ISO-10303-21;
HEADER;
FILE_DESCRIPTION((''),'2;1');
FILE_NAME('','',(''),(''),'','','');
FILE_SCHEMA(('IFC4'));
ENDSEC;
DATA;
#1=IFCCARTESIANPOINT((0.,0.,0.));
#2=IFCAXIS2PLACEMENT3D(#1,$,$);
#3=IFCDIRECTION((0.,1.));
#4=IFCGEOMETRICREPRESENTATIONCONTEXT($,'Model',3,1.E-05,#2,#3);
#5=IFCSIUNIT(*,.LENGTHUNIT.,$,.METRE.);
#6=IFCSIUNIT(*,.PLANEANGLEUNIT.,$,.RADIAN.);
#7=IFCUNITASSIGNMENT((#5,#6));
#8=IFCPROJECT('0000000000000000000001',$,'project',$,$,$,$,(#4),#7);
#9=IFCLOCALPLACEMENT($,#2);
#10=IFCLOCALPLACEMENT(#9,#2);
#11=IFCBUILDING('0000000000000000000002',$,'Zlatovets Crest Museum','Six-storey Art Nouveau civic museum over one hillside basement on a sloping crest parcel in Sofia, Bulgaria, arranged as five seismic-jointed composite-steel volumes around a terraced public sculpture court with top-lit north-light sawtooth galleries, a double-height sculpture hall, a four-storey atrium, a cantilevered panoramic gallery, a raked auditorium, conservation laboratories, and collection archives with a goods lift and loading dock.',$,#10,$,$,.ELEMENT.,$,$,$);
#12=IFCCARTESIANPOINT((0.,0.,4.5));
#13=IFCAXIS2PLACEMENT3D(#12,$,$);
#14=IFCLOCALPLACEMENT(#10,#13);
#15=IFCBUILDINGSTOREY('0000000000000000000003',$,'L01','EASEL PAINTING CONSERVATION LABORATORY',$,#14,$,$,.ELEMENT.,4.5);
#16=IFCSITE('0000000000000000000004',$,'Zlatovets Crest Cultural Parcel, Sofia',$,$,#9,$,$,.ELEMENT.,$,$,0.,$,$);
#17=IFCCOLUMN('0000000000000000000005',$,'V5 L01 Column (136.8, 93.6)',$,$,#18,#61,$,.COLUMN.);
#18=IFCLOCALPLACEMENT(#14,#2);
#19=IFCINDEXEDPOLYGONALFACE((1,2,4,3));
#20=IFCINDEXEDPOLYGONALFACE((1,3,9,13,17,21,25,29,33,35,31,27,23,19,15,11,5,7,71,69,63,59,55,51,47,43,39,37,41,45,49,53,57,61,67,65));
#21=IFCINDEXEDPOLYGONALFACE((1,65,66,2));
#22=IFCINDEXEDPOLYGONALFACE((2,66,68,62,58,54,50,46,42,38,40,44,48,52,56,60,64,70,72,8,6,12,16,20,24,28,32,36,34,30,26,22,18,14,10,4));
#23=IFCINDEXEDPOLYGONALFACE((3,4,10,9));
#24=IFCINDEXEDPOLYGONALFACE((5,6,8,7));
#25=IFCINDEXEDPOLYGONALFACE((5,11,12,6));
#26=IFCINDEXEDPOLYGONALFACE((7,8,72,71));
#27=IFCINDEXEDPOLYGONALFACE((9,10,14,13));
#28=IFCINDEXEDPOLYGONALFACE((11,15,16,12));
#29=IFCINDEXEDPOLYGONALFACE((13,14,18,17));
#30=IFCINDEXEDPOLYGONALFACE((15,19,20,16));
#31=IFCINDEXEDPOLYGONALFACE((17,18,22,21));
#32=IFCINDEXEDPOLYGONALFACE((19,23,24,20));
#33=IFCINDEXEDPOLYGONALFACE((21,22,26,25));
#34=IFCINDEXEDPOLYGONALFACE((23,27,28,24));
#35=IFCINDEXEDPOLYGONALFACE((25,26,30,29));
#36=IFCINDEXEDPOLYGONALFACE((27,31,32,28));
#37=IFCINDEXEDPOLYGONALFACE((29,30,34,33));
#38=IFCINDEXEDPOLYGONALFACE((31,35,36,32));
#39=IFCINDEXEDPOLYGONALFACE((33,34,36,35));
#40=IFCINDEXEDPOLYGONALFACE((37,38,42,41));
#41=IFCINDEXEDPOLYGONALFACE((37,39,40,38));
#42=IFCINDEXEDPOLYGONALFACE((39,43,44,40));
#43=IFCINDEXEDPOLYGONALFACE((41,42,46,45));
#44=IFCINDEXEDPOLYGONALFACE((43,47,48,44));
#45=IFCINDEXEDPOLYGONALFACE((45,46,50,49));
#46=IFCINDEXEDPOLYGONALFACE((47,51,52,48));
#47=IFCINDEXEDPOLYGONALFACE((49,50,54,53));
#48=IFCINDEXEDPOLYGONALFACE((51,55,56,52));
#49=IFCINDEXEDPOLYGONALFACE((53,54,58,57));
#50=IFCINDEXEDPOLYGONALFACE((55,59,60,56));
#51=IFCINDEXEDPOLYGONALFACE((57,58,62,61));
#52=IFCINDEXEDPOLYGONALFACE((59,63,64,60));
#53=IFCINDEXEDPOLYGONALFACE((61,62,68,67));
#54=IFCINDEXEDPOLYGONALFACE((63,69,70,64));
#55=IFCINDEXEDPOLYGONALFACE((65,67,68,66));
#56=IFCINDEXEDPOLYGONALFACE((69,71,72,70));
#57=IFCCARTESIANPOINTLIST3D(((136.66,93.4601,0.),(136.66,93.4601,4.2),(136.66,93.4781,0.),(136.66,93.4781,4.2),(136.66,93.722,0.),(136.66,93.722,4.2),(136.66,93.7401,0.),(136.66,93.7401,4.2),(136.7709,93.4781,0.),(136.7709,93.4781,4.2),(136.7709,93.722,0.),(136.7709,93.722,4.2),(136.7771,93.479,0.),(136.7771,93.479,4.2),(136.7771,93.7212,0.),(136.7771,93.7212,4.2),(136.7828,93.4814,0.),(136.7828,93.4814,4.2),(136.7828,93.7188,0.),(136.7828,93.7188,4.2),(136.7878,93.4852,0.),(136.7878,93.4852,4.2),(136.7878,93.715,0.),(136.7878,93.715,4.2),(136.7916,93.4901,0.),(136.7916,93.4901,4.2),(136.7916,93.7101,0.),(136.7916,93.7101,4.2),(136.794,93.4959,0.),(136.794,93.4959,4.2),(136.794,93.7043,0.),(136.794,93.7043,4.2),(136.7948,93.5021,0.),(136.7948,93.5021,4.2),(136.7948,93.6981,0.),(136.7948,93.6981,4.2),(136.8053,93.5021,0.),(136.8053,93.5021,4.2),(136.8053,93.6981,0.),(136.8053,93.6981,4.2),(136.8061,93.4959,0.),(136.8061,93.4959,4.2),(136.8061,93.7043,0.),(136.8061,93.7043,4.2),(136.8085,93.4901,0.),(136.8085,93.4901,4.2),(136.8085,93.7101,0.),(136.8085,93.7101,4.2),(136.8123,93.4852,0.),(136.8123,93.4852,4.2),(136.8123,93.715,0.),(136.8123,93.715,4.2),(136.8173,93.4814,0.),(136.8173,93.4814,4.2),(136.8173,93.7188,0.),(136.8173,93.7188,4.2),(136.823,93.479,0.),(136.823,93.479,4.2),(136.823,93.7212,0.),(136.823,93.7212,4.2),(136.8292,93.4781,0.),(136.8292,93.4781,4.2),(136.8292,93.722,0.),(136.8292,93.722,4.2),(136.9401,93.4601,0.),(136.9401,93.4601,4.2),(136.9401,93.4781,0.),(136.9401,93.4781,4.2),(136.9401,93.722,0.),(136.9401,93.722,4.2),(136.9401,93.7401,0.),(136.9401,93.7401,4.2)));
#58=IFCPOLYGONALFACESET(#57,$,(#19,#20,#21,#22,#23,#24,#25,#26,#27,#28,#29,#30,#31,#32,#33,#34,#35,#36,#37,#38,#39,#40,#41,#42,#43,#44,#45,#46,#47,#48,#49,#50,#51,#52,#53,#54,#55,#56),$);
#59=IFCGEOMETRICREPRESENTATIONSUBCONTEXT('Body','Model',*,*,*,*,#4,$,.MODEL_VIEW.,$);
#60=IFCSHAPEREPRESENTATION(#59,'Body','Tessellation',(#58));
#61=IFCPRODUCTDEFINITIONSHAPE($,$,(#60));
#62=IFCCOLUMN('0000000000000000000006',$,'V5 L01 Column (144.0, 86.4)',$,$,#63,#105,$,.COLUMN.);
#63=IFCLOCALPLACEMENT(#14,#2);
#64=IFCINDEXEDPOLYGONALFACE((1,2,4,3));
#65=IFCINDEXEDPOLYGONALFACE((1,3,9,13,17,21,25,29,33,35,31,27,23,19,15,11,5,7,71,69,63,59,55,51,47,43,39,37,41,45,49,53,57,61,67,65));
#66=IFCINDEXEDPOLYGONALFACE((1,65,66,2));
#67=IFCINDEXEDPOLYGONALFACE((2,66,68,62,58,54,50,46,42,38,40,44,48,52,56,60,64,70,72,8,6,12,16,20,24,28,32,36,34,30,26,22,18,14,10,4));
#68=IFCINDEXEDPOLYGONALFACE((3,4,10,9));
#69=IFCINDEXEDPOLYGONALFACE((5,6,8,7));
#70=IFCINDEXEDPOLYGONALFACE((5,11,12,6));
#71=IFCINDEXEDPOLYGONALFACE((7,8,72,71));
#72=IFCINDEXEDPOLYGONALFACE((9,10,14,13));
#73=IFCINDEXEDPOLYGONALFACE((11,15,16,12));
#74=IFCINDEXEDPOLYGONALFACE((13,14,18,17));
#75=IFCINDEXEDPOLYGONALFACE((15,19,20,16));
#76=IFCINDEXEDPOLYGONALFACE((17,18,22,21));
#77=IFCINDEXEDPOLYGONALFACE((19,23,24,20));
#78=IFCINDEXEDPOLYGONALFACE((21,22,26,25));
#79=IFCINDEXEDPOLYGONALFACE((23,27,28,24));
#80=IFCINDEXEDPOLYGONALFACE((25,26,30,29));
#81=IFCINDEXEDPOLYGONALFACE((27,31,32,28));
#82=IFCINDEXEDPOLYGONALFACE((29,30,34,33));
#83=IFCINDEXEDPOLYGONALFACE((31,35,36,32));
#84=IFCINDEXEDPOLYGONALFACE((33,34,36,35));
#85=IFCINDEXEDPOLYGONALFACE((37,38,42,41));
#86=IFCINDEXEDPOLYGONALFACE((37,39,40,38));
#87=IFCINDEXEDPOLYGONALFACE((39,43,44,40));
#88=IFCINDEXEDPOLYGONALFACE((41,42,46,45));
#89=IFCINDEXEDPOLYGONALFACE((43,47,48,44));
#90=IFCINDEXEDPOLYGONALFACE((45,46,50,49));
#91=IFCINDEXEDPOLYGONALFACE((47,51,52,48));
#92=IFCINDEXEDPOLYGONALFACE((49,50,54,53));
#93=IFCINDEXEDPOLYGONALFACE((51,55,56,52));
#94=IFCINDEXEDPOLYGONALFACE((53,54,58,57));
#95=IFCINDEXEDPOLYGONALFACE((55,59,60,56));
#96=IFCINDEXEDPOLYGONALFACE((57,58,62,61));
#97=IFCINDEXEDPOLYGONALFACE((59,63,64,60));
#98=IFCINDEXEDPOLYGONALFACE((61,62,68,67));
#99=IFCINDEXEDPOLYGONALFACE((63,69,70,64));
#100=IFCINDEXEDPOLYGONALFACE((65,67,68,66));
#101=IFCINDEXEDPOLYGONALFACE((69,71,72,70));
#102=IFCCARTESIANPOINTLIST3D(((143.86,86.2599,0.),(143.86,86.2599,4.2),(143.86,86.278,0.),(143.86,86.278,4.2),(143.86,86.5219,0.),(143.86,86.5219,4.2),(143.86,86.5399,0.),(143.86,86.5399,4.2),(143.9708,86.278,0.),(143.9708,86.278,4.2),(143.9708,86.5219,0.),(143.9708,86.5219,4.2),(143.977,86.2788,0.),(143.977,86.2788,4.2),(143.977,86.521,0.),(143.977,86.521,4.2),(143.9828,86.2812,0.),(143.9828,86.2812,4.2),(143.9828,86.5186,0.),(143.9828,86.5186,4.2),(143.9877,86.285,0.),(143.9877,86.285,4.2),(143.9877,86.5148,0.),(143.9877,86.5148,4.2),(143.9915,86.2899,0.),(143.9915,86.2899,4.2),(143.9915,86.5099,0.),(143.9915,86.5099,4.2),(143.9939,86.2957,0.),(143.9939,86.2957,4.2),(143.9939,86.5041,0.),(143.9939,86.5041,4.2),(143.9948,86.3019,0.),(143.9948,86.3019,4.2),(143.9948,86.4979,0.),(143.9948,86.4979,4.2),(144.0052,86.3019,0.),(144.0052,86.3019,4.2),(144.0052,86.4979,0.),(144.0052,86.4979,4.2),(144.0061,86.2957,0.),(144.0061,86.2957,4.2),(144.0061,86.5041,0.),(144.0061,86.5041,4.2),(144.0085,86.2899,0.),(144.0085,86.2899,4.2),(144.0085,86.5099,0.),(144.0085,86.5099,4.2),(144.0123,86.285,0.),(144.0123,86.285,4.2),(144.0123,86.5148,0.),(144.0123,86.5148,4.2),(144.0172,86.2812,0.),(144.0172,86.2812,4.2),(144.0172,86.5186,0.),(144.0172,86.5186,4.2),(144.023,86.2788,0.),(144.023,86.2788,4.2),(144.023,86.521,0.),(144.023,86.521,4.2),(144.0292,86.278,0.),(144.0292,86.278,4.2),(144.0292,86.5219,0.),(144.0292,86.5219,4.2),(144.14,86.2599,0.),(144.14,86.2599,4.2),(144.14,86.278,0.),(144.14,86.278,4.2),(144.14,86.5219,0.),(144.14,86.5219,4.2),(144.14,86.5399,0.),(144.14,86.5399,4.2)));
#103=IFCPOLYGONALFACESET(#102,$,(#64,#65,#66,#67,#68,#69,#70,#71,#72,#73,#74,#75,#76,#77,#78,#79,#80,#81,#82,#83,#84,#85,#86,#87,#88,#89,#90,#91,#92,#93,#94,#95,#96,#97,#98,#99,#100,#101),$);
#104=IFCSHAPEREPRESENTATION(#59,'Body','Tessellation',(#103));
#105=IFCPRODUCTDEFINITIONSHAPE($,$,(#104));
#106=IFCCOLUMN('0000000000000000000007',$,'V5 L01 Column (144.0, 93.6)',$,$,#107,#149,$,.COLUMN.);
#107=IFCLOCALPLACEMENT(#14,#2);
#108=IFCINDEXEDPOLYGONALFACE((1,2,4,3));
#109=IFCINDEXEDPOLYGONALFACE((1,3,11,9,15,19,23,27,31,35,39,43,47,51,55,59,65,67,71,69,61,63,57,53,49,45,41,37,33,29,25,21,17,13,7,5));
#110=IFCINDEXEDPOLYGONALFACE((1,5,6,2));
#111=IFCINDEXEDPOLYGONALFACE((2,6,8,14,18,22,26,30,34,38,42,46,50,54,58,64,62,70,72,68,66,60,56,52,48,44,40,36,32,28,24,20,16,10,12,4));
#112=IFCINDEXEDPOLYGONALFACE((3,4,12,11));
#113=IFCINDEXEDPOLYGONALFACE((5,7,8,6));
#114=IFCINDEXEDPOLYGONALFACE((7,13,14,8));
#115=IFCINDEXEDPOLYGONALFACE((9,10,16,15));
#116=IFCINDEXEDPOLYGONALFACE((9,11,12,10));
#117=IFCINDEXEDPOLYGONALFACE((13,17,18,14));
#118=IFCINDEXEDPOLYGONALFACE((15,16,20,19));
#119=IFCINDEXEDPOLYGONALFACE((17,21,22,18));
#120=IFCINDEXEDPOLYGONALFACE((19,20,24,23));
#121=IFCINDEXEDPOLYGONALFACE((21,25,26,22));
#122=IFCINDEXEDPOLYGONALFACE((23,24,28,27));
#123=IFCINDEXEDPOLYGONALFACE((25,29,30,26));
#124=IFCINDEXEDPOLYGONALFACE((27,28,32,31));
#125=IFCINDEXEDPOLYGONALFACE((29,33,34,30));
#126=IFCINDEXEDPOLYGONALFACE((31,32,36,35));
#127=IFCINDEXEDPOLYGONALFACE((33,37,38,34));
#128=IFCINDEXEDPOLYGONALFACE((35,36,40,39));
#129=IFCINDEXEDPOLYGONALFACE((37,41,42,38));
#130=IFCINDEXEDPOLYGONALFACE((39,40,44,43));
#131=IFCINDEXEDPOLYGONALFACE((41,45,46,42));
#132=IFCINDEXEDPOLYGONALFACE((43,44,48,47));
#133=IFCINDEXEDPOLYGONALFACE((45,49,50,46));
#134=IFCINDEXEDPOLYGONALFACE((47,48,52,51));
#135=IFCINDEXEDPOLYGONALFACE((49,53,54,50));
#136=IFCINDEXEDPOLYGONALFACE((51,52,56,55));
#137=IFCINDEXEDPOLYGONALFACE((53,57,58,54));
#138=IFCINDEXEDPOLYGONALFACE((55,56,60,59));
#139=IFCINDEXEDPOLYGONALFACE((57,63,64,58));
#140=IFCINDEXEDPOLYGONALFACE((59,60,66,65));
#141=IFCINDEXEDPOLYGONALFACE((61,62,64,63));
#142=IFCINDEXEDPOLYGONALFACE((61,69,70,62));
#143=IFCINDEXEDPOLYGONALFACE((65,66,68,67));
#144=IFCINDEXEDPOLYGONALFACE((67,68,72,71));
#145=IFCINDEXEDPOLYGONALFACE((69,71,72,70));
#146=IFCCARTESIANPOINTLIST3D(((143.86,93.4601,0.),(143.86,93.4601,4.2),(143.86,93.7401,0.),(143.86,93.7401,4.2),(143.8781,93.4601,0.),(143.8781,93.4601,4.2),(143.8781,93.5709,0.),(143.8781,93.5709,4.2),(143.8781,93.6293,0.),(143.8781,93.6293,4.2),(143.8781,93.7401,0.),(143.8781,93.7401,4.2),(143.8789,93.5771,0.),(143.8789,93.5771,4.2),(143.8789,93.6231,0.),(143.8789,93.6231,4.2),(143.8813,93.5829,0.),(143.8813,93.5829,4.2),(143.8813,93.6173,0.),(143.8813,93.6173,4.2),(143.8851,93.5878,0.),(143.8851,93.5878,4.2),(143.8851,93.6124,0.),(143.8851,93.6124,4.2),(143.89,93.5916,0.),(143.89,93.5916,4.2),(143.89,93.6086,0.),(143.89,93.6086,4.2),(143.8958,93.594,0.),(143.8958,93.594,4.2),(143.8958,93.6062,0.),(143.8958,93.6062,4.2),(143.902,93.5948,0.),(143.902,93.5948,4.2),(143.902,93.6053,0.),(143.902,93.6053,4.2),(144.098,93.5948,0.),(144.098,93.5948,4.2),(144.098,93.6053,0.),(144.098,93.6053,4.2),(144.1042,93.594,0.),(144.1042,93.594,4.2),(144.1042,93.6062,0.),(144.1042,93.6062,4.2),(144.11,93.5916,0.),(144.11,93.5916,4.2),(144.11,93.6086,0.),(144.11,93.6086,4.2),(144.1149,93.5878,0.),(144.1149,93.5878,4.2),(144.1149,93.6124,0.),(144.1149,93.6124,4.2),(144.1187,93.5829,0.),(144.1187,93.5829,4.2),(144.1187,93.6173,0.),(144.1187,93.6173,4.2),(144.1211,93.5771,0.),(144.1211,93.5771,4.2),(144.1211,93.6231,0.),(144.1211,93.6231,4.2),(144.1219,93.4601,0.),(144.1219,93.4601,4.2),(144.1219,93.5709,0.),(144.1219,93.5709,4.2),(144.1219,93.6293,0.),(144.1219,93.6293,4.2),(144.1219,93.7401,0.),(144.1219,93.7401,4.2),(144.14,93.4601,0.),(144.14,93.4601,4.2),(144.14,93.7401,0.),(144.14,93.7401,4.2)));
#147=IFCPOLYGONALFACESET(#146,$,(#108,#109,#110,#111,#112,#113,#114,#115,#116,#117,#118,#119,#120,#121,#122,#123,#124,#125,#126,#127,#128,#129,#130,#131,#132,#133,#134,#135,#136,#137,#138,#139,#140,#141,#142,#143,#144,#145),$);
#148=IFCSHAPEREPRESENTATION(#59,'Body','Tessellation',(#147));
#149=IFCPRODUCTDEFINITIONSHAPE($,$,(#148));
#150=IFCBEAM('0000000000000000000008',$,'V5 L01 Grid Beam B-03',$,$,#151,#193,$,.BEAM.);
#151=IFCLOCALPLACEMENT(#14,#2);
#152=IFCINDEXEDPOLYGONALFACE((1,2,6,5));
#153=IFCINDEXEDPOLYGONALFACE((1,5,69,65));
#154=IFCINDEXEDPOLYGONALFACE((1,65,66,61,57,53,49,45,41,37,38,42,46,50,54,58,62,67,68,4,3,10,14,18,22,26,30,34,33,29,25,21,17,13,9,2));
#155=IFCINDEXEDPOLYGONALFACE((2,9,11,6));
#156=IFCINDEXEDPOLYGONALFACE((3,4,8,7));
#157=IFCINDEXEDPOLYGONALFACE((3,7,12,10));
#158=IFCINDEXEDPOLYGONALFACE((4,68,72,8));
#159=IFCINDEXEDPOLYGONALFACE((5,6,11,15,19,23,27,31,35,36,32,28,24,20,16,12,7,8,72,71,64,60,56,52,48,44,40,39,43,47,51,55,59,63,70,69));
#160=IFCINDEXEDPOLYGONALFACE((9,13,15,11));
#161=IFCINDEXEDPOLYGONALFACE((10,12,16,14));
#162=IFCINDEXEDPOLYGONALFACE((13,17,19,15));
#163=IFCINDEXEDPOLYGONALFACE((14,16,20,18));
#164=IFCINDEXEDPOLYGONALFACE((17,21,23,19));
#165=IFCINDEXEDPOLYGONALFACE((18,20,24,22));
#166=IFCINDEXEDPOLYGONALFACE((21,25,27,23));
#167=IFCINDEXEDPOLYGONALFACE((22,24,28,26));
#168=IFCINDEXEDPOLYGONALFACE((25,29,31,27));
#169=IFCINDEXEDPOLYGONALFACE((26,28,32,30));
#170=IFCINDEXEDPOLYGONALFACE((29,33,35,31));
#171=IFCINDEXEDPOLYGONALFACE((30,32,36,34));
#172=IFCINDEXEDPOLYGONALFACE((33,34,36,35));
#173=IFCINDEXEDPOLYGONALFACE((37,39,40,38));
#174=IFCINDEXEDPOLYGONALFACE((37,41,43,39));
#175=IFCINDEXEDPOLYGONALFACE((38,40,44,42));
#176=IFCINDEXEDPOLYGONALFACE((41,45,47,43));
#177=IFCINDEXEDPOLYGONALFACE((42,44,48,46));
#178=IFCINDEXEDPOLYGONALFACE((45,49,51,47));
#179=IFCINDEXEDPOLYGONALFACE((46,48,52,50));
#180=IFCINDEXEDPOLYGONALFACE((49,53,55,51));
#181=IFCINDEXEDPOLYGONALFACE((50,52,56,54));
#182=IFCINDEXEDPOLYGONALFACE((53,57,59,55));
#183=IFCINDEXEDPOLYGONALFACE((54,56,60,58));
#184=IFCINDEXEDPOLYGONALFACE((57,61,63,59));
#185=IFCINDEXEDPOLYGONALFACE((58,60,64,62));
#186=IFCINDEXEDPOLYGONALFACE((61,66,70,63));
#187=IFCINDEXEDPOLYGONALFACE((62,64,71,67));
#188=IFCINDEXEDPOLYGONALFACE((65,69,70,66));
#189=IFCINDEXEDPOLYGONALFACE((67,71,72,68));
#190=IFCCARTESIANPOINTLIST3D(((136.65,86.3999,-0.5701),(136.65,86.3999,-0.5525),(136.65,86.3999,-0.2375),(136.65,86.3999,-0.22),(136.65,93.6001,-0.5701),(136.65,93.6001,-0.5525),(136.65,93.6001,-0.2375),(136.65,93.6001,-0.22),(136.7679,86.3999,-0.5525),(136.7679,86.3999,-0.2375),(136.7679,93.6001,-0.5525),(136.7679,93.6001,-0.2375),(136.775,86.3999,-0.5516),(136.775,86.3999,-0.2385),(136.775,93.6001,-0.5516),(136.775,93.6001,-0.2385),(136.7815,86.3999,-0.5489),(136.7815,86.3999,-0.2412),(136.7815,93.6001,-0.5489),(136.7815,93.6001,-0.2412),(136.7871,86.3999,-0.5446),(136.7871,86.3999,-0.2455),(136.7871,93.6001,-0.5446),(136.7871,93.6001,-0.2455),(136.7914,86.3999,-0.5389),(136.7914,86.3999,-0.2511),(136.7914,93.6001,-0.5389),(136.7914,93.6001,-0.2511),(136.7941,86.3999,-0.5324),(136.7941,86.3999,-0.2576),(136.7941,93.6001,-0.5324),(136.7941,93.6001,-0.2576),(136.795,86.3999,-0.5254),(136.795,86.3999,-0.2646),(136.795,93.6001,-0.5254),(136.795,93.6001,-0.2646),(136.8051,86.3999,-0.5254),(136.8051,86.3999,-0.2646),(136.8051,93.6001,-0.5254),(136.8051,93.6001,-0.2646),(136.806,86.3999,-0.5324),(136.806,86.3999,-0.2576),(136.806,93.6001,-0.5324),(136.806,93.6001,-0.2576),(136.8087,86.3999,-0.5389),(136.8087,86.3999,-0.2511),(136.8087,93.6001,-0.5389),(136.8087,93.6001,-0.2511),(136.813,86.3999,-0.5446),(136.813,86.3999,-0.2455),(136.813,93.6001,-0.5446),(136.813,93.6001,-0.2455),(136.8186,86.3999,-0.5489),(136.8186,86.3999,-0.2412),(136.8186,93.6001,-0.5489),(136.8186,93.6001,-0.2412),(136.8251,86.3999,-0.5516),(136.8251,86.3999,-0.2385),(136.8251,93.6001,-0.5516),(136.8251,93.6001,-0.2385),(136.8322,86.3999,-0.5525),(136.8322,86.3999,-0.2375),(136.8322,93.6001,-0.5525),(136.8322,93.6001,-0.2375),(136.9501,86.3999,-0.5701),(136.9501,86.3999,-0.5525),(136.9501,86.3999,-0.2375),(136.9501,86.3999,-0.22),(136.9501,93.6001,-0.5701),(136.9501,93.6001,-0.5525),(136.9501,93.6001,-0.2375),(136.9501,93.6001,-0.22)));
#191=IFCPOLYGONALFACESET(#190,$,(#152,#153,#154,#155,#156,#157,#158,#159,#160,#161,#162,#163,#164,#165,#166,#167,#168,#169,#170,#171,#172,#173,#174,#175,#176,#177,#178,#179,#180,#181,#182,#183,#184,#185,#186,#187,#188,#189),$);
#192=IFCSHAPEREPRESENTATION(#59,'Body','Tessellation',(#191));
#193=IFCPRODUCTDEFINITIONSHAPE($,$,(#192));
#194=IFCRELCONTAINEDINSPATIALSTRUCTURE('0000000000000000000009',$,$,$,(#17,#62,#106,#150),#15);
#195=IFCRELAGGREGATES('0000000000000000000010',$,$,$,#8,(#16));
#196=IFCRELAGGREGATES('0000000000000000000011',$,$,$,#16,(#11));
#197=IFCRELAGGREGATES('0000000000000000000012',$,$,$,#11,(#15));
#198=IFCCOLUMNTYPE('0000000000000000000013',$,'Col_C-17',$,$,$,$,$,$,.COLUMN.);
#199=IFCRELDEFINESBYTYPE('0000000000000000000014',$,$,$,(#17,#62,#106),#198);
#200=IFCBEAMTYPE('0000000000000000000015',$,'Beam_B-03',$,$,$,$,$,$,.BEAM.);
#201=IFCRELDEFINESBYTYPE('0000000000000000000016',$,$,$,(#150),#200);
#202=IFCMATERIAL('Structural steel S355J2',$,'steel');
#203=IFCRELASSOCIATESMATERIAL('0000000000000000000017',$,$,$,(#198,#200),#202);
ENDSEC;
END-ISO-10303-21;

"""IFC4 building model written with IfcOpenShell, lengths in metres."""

from ifc_helpers import new_model, si_unit, direction, frame, origin, origin_2d, place, context, subcontext, project, spatial, i_section, extrude, material, material_profile, profile_set, type_object, element, save


model = new_model("IFC4")

# Units and contexts
model_context = context("Model", 3, precision=1e-05, world=origin(), true_north=direction((0.0, 1.0)))
body_context = subcontext(model_context, "Body", "Model", "MODEL_VIEW")
ifc_project = project(units=[si_unit("LENGTHUNIT", "METRE"), si_unit("PLANEANGLEUNIT", "RADIAN")], contexts=[model_context])

# Site, building, storey
site_placement = place(None, origin())
site = spatial("IfcSite", under=ifc_project, at=site_placement, Name="Zlatovets Crest Cultural Parcel, Sofia", CompositionType="ELEMENT", RefElevation=0.0)
building_placement = place(site_placement, origin())
building = spatial("IfcBuilding", under=site, at=building_placement, Name="Zlatovets Crest Museum", Description="Six-storey Art Nouveau civic museum over one hillside basement on a sloping crest parcel in Sofia, Bulgaria, arranged as five seismic-jointed composite-steel volumes around a terraced public sculpture court with top-lit north-light sawtooth galleries, a double-height sculpture hall, a four-storey atrium, a cantilevered panoramic gallery, a raked auditorium, conservation laboratories, and collection archives with a goods lift and loading dock.", CompositionType="ELEMENT")
storey_placement = place(building_placement, frame((0.0, 0.0, 4.5)))
storey = spatial("IfcBuildingStorey", under=building, at=storey_placement, Name="L01", Description="EASEL PAINTING CONSERVATION LABORATORY", CompositionType="ELEMENT", Elevation=4.5)

# Columns
ifc_material_1 = material(Name="Structural steel S355J2", Category="steel")
ifc_material_profile_1 = material_profile(ifc_material_1, i_section(OverallWidth=0.28, OverallDepth=0.28, WebThickness=0.0105, FlangeThickness=0.0181, FilletRadius=0.0239, at=origin_2d()), Name="HEB 280")
ifc_profile_set_1 = profile_set([ifc_material_profile_1], Name="Structural steel S355J2")
column_type = type_object("IfcColumnType", Name="Col_C-17", PredefinedType="COLUMN", material=ifc_profile_set_1)
for number, where, z_axis, x_axis, name in (
    (1, (136.8, 93.6001, 0.0), (0.0, 0.0, 1.0), (1.0, 0.0, 0.0), "V5 L01 Column (136.8, 93.6)"),
    (2, (144.0, 86.3999, 0.0), (0.0, 0.0, 1.0), (1.0, 0.0, 0.0), "V5 L01 Column (144.0, 86.4)"),
    (3, (144.0, 93.6001, 0.0), (0.0, 0.0, 1.0), (0.0, 1.0, 0.0), "V5 L01 Column (144.0, 93.6)"),
):
    element("IfcColumn", number, at=place(storey_placement, frame(where, z_axis=z_axis, x_axis=x_axis)), inside=storey, type_object=column_type, Name=name, PredefinedType="COLUMN", context=body_context, shape_type="SweptSolid", body=[
        extrude(i_section(OverallWidth=0.28, OverallDepth=0.28, WebThickness=0.0105, FlangeThickness=0.0181, FilletRadius=0.0239, at=origin_2d()), origin(), (0.0, 0.0, 1.0), 4.2),
    ])

# Beam
ifc_material_profile_2 = material_profile(ifc_material_1, i_section(OverallWidth=0.3, OverallDepth=0.3501, WebThickness=0.01, FlangeThickness=0.0176, FilletRadius=0.0271, at=origin_2d()), Name="HEA 360")
ifc_profile_set_2 = profile_set([ifc_material_profile_2], Name="Structural steel S355J2")
beam_type_1 = type_object("IfcBeamType", Name="Beam_B-03", PredefinedType="BEAM", material=ifc_profile_set_2)
beam_1_placement = place(storey_placement, frame((136.8, 86.3999, -0.395), z_axis=(0.0, 1.0, 0.0), x_axis=(-1.0, 0.0, 0.0)))
element("IfcBeam", 4, at=beam_1_placement, inside=storey, type_object=beam_type_1, Name="V5 L01 Grid Beam B-03", PredefinedType="BEAM", context=body_context, shape_type="SweptSolid", body=[
    extrude(i_section(OverallWidth=0.3, OverallDepth=0.3501, WebThickness=0.01, FlangeThickness=0.0176, FilletRadius=0.0271, at=origin_2d()), origin(), (0.0, 0.0, 1.0), 7.2002),
])

save(model, "model.ifc")
